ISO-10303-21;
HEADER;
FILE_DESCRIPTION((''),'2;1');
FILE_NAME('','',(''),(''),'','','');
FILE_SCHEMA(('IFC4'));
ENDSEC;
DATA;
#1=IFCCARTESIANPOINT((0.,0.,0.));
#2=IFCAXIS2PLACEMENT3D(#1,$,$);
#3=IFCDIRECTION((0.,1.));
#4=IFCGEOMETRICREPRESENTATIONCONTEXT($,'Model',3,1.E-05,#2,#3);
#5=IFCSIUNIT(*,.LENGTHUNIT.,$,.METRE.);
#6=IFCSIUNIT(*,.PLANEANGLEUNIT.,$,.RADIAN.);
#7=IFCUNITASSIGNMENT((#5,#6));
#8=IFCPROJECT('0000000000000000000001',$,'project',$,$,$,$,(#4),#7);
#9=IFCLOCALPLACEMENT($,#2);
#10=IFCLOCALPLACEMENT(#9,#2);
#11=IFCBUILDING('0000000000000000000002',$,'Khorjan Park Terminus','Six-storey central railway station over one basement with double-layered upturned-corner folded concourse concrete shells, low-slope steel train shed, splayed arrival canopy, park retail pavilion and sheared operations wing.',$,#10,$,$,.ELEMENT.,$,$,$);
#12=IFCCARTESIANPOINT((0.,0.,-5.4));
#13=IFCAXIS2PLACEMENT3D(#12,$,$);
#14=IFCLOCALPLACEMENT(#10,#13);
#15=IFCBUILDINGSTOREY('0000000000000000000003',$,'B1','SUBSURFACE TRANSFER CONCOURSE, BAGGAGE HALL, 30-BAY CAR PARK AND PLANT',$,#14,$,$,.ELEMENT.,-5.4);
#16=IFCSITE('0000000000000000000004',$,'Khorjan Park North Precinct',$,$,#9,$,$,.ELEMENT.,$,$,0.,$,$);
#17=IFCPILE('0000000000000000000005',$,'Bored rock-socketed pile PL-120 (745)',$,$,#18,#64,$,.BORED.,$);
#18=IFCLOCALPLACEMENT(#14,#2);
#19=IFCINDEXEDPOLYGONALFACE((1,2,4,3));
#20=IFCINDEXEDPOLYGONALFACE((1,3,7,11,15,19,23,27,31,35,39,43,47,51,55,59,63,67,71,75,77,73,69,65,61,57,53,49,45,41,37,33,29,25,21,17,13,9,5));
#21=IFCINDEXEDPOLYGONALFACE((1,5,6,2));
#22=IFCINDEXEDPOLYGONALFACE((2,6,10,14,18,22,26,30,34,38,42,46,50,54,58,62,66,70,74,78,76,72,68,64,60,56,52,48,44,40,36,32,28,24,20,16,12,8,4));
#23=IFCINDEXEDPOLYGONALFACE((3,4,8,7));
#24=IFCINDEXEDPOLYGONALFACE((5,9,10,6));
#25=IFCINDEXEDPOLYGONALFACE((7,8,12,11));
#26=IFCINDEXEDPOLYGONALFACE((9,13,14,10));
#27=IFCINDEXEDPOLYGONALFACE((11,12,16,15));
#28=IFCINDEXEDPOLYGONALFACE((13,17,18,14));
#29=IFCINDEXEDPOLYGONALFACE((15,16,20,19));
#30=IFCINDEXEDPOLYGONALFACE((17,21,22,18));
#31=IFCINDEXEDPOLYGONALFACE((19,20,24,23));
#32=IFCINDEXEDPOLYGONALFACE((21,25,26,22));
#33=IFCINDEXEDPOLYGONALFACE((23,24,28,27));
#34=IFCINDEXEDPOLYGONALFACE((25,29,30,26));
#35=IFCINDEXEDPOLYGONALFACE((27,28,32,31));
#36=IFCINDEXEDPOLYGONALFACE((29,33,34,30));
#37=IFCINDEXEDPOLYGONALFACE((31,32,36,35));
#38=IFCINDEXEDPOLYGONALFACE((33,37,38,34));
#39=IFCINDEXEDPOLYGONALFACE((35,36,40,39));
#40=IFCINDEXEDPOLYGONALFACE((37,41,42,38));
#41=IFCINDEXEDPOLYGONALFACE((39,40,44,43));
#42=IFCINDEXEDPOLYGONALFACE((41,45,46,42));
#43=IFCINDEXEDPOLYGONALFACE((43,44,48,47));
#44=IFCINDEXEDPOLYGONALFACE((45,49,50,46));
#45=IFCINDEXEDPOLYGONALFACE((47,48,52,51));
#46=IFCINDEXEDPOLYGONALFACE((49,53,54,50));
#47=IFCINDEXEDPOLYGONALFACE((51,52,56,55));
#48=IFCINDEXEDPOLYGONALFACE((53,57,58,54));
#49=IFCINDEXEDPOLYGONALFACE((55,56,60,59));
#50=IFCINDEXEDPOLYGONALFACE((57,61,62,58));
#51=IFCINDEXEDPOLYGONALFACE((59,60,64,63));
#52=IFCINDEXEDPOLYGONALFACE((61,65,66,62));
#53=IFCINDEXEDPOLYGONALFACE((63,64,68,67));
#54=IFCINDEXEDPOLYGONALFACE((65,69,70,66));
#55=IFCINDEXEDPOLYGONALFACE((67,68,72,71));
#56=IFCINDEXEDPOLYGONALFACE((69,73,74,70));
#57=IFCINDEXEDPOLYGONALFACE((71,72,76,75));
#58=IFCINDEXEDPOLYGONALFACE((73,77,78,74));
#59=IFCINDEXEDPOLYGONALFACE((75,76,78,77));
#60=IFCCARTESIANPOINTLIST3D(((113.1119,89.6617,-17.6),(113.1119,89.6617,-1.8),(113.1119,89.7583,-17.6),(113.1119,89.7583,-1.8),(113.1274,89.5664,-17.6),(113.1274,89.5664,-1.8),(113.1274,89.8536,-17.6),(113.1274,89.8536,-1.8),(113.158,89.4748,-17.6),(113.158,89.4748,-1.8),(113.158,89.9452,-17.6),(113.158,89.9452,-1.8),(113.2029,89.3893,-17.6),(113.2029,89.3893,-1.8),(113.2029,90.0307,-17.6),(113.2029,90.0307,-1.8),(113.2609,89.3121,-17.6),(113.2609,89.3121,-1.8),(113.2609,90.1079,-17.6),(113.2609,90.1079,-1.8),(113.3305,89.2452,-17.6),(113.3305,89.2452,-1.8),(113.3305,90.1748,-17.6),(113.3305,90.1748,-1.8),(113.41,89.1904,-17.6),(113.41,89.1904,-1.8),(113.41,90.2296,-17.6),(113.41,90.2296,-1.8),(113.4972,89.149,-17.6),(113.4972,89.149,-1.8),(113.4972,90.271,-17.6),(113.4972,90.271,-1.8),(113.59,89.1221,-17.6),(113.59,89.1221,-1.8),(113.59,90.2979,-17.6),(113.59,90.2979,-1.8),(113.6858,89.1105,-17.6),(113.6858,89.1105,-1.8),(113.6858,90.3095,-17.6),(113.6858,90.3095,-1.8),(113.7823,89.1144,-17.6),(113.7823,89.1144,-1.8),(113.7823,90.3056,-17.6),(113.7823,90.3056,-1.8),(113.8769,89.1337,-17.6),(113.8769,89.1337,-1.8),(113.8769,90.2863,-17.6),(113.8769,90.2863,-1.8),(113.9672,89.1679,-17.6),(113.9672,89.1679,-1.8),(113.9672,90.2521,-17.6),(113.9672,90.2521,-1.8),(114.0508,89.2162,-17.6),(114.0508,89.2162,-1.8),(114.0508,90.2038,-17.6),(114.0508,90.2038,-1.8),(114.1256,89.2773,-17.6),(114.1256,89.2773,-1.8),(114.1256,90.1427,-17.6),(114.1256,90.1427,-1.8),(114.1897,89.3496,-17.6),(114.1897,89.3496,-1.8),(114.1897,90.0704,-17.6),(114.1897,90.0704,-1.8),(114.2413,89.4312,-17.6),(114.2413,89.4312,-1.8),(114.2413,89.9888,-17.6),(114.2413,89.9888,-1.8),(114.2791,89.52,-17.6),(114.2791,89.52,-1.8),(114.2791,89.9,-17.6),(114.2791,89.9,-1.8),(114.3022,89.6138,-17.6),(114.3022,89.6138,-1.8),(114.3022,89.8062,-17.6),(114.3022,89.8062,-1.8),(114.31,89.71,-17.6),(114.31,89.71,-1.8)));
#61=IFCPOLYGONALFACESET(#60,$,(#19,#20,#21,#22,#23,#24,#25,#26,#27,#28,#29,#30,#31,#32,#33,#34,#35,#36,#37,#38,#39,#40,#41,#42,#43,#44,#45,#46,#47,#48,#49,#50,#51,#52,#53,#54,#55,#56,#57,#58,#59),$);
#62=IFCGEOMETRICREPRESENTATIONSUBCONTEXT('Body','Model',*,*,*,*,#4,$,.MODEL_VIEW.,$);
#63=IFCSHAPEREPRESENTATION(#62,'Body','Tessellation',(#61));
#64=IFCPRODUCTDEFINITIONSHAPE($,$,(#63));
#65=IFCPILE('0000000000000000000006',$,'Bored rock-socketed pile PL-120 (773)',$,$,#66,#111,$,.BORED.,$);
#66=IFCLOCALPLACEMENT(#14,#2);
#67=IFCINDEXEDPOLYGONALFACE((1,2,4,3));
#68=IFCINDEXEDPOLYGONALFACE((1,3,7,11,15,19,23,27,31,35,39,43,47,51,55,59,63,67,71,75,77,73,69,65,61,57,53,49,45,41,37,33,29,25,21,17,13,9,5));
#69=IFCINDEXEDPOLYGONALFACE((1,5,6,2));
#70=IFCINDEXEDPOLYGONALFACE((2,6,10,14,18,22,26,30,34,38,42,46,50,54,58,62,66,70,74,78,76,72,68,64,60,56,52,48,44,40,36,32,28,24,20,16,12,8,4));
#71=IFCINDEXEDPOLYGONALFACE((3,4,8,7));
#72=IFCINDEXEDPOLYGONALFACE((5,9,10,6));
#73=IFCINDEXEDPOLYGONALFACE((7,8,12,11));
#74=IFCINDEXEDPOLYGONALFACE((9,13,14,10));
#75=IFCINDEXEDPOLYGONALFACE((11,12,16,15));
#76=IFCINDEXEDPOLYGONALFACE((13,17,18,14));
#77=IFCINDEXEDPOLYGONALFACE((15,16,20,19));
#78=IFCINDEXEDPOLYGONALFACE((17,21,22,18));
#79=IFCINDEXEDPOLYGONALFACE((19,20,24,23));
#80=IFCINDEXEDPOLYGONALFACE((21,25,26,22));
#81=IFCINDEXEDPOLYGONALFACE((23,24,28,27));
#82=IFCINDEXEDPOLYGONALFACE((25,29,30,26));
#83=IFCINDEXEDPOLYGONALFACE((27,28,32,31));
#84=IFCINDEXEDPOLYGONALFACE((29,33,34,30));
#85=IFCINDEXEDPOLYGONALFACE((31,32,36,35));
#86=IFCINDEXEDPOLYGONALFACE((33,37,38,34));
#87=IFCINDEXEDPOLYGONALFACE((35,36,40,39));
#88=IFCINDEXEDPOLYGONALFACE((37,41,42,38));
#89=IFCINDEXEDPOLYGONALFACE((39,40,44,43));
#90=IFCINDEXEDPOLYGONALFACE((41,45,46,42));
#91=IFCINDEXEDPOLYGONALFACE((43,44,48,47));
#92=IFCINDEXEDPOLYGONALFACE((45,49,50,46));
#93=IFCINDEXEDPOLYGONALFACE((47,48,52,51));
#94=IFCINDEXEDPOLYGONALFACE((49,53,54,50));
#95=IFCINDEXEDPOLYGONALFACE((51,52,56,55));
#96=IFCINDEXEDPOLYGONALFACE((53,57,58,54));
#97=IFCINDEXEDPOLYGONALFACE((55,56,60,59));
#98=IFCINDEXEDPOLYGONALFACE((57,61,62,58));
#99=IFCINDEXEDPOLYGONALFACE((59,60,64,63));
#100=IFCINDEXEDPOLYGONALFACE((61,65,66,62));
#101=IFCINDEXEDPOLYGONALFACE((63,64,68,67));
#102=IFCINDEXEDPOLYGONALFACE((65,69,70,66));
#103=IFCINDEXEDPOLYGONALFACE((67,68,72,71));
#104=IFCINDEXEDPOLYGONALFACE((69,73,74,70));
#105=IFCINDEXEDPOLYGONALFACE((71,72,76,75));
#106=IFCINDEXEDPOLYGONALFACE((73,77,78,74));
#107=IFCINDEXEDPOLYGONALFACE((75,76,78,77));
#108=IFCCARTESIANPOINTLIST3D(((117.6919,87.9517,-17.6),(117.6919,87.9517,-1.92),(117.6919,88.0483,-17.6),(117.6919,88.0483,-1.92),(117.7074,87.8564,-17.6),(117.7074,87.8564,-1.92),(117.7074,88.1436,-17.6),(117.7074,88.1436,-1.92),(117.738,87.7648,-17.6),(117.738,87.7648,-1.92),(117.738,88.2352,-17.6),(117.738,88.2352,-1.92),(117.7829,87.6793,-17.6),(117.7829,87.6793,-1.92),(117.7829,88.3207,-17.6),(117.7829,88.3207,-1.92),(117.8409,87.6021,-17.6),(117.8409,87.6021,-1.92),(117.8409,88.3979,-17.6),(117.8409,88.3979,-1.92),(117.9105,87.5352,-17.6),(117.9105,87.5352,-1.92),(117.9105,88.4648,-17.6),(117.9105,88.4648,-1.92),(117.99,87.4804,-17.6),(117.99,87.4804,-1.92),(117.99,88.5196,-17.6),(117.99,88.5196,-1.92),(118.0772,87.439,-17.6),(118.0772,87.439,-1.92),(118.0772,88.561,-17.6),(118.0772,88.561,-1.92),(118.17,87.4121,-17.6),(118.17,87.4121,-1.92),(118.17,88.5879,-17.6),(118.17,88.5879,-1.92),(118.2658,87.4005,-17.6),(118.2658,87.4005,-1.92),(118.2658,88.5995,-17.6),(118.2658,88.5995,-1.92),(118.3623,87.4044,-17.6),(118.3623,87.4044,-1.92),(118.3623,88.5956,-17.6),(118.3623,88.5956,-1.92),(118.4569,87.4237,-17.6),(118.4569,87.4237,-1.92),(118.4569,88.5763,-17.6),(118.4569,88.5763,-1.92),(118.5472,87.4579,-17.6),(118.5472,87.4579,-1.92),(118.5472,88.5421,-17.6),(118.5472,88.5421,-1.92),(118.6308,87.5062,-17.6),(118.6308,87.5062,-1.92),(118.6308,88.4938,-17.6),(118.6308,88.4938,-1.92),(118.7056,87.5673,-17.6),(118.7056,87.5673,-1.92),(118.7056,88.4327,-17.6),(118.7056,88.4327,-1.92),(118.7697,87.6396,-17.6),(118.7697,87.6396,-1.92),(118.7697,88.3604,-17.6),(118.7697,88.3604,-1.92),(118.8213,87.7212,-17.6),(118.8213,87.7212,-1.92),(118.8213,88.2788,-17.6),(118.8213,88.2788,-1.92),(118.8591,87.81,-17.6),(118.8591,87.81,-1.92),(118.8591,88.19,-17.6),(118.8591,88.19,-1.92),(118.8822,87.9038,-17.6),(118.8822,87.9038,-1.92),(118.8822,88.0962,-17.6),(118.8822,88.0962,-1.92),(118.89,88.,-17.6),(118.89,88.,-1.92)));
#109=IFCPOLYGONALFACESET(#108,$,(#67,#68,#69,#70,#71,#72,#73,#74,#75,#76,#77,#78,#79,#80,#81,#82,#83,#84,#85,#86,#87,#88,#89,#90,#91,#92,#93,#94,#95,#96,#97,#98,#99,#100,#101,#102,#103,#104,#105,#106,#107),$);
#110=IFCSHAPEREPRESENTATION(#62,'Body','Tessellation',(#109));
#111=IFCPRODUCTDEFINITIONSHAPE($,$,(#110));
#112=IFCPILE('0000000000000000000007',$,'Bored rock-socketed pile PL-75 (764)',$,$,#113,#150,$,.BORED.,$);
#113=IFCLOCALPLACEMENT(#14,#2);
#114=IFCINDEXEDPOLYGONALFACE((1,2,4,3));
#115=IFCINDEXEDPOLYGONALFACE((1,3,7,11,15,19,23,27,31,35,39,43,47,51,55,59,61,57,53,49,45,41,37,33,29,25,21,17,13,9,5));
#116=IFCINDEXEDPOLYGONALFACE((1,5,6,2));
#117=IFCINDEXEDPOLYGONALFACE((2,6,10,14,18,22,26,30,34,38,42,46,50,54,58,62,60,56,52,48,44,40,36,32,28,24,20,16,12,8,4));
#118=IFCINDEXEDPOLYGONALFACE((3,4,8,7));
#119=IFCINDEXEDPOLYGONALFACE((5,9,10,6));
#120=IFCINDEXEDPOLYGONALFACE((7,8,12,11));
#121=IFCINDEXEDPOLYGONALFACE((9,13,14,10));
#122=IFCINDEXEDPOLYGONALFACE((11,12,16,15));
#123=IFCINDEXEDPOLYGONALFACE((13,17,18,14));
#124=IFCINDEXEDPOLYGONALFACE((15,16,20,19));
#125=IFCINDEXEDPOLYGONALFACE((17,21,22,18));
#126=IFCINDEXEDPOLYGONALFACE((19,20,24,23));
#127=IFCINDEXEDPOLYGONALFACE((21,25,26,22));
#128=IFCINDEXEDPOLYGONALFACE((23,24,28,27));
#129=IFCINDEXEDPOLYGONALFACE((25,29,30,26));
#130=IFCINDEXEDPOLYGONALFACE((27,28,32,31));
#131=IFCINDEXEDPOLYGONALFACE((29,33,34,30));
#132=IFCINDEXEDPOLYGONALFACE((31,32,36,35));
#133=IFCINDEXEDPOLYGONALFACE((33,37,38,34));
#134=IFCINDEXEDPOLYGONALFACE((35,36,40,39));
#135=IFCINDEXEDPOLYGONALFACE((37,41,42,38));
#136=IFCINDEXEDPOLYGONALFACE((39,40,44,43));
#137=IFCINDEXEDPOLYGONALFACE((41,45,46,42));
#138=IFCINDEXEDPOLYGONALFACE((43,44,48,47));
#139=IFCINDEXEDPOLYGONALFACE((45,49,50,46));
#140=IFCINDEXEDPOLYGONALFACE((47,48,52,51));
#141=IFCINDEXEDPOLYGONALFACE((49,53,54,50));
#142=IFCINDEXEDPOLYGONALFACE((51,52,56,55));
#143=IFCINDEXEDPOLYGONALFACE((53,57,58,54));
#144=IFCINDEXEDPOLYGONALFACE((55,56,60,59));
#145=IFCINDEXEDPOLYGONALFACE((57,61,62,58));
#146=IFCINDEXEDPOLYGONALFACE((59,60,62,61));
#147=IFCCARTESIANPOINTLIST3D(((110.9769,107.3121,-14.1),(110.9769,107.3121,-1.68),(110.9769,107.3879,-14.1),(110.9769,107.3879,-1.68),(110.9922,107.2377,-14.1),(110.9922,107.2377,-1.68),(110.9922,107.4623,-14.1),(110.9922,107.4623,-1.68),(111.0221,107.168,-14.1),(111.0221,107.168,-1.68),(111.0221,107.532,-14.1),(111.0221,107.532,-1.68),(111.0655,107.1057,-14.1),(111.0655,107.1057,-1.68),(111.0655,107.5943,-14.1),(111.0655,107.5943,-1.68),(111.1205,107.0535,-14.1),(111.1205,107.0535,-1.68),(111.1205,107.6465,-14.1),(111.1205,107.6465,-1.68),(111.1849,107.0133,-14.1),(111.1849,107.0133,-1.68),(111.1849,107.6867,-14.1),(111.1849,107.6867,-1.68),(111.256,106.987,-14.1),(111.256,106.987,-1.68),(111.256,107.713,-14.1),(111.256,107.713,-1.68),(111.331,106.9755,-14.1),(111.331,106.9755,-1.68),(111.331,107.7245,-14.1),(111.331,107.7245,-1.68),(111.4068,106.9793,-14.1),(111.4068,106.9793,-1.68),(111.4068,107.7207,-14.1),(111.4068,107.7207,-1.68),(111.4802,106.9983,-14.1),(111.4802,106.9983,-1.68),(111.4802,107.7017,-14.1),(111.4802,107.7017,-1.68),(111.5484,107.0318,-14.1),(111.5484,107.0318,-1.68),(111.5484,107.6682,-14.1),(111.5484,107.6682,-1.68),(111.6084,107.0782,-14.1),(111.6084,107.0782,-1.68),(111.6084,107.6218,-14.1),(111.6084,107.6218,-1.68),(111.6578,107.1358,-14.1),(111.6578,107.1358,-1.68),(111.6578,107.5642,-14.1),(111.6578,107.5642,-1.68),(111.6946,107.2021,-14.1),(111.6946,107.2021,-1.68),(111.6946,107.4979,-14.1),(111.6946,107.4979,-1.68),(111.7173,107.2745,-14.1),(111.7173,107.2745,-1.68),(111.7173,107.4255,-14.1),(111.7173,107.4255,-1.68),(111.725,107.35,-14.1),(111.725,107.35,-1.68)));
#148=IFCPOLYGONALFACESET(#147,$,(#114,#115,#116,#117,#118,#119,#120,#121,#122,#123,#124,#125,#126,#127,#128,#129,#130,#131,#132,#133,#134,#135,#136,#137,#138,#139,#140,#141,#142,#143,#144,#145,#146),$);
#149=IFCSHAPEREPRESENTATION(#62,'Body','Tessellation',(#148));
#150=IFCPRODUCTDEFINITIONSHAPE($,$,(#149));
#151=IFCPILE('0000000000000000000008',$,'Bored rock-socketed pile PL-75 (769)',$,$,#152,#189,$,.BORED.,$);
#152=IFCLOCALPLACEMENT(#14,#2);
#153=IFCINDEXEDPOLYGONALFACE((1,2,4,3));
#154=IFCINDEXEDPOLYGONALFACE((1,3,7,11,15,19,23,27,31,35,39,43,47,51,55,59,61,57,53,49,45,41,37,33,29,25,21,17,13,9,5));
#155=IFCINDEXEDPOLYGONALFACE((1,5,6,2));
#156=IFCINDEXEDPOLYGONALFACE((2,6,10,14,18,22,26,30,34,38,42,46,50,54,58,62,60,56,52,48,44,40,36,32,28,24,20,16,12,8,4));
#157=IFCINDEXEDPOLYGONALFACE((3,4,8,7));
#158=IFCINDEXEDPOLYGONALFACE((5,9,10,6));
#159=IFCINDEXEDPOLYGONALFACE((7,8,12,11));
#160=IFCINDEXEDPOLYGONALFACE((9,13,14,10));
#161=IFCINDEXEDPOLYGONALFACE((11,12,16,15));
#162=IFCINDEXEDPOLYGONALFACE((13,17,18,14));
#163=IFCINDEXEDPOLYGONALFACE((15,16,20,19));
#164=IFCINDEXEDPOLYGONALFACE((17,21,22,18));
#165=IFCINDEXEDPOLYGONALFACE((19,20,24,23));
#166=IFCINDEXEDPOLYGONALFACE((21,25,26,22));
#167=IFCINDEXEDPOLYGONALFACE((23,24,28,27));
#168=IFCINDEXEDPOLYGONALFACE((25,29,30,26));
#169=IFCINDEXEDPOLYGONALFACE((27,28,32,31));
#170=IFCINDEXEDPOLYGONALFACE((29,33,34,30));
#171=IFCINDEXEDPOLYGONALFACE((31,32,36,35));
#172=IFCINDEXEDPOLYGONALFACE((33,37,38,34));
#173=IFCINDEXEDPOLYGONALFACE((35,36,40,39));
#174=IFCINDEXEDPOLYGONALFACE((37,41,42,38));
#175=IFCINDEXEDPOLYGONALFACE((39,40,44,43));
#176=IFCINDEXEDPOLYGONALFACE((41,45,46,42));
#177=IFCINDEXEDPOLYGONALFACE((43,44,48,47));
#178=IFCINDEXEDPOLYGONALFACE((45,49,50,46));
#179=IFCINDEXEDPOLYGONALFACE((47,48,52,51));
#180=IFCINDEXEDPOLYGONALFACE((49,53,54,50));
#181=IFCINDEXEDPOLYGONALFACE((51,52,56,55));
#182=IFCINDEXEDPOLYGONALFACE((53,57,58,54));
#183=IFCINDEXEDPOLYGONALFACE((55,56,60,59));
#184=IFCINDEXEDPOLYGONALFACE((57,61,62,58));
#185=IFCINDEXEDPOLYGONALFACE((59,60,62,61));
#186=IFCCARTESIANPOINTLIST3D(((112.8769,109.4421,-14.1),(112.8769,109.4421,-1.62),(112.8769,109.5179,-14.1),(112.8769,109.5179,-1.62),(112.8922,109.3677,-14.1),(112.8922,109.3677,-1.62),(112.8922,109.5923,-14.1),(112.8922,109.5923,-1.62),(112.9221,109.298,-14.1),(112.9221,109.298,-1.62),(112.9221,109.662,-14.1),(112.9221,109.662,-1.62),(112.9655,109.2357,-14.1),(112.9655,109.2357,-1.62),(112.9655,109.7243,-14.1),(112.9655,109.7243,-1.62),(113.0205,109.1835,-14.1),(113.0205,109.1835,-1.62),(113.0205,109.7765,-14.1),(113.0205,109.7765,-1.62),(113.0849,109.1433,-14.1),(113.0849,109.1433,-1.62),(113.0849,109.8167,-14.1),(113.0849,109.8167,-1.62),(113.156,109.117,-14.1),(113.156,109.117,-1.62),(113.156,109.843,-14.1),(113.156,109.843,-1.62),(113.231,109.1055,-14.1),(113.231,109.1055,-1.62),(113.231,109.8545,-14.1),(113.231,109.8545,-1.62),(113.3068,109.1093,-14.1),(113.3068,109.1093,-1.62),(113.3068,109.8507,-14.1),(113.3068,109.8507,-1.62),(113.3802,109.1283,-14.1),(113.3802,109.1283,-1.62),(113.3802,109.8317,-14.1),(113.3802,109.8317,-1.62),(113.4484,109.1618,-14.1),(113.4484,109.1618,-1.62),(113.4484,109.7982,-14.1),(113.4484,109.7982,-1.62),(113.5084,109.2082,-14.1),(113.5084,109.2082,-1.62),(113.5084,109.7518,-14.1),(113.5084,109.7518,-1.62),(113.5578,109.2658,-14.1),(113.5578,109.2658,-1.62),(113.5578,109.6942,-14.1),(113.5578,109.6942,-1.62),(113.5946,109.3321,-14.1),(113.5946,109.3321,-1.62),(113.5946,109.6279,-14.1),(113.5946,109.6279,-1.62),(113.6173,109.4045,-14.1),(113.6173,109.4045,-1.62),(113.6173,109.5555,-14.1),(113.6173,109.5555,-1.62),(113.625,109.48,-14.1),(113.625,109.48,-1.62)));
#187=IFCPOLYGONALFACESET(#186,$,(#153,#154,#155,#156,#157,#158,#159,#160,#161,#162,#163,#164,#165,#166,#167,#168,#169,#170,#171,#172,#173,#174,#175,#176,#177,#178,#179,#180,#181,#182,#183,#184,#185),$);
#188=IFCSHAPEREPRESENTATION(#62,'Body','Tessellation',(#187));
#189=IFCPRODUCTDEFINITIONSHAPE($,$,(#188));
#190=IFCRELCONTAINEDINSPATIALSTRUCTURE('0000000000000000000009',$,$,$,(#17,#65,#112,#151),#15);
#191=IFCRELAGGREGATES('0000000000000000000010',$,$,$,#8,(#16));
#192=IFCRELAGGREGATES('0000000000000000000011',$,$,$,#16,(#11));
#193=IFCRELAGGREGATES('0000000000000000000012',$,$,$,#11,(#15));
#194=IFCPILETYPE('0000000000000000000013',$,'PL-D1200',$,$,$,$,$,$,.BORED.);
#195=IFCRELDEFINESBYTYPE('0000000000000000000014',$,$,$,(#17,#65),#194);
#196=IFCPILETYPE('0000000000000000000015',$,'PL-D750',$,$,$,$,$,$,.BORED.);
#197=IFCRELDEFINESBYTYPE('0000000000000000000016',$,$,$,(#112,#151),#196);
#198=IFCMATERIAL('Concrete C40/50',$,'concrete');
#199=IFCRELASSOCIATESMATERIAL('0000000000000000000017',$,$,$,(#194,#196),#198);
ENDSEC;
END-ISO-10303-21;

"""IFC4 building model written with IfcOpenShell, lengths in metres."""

from ifc_helpers import new_model, si_unit, direction, frame, origin, origin_2d, place, context, subcontext, project, spatial, circle, extrude, material, material_profile, profile_set, type_object, element, save


model = new_model("IFC4")

# Units and contexts
model_context = context("Model", 3, precision=1e-05, world=origin(), true_north=direction((0.0, 1.0)))
body_context = subcontext(model_context, "Body", "Model", "MODEL_VIEW")
ifc_project = project(units=[si_unit("LENGTHUNIT", "METRE"), si_unit("PLANEANGLEUNIT", "RADIAN")], contexts=[model_context])

# Site, building, storey
site_placement = place(None, origin())
site = spatial("IfcSite", under=ifc_project, at=site_placement, Name="Khorjan Park North Precinct", CompositionType="ELEMENT", RefElevation=0.0)
building_placement = place(site_placement, origin())
building = spatial("IfcBuilding", under=site, at=building_placement, Name="Khorjan Park Terminus", Description="Six-storey central railway station over one basement with double-layered upturned-corner folded concourse concrete shells, low-slope steel train shed, splayed arrival canopy, park retail pavilion and sheared operations wing.", CompositionType="ELEMENT")
storey_placement = place(building_placement, frame((0.0, 0.0, -5.4)))
storey = spatial("IfcBuildingStorey", under=building, at=storey_placement, Name="B1", Description="SUBSURFACE TRANSFER CONCOURSE, BAGGAGE HALL, 30-BAY CAR PARK AND PLANT", CompositionType="ELEMENT", Elevation=-5.4)

# Shared definitions
ifc_material_1 = material(Name="Concrete C40/50", Category="concrete")

# Piles
ifc_material_profile_1 = material_profile(ifc_material_1, circle(Radius=0.6, at=origin_2d()), Name="BORED D1200")
ifc_profile_set_1 = profile_set([ifc_material_profile_1], Name="Concrete C40/50")
pile_type_1 = type_object("IfcPileType", Name="PL-D1200", PredefinedType="BORED", material=ifc_profile_set_1)
pile_1_placement = place(storey_placement, frame((113.71, 89.71, -1.8), z_axis=(0.0, 0.0, -1.0), x_axis=(1.0, 0.0, 0.0)))
element("IfcPile", 1, at=pile_1_placement, inside=storey, type_object=pile_type_1, Name="Bored rock-socketed pile PL-120 (745)", PredefinedType="BORED", context=body_context, shape_type="SweptSolid", body=[
    extrude(circle(Radius=0.6, at=origin_2d()), origin(), (0.0, 0.0, 1.0), 15.8),
])
pile_2_placement = place(storey_placement, frame((118.29, 88.0, -1.92), z_axis=(0.0, 0.0, -1.0), x_axis=(1.0, 0.0, 0.0)))
element("IfcPile", 2, at=pile_2_placement, inside=storey, type_object=pile_type_1, Name="Bored rock-socketed pile PL-120 (773)", PredefinedType="BORED", context=body_context, shape_type="SweptSolid", body=[
    extrude(circle(Radius=0.6, at=origin_2d()), origin(), (0.0, 0.0, 1.0), 15.68),
])
ifc_material_profile_2 = material_profile(ifc_material_1, circle(Radius=0.375, at=origin_2d()), Name="BORED D750")
ifc_profile_set_2 = profile_set([ifc_material_profile_2], Name="Concrete C40/50")
pile_type_2 = type_object("IfcPileType", Name="PL-D750", PredefinedType="BORED", material=ifc_profile_set_2)
pile_3_placement = place(storey_placement, frame((111.35, 107.35, -1.68), z_axis=(0.0, 0.0, -1.0), x_axis=(1.0, 0.0, 0.0)))
element("IfcPile", 3, at=pile_3_placement, inside=storey, type_object=pile_type_2, Name="Bored rock-socketed pile PL-75 (764)", PredefinedType="BORED", context=body_context, shape_type="SweptSolid", body=[
    extrude(circle(Radius=0.375, at=origin_2d()), origin(), (0.0, 0.0, 1.0), 12.42),
])
pile_4_placement = place(storey_placement, frame((113.25, 109.48, -1.62), z_axis=(0.0, 0.0, -1.0), x_axis=(1.0, 0.0, 0.0)))
element("IfcPile", 4, at=pile_4_placement, inside=storey, type_object=pile_type_2, Name="Bored rock-socketed pile PL-75 (769)", PredefinedType="BORED", context=body_context, shape_type="SweptSolid", body=[
    extrude(circle(Radius=0.375, at=origin_2d()), origin(), (0.0, 0.0, 1.0), 12.48),
])

save(model, "model.ifc")
